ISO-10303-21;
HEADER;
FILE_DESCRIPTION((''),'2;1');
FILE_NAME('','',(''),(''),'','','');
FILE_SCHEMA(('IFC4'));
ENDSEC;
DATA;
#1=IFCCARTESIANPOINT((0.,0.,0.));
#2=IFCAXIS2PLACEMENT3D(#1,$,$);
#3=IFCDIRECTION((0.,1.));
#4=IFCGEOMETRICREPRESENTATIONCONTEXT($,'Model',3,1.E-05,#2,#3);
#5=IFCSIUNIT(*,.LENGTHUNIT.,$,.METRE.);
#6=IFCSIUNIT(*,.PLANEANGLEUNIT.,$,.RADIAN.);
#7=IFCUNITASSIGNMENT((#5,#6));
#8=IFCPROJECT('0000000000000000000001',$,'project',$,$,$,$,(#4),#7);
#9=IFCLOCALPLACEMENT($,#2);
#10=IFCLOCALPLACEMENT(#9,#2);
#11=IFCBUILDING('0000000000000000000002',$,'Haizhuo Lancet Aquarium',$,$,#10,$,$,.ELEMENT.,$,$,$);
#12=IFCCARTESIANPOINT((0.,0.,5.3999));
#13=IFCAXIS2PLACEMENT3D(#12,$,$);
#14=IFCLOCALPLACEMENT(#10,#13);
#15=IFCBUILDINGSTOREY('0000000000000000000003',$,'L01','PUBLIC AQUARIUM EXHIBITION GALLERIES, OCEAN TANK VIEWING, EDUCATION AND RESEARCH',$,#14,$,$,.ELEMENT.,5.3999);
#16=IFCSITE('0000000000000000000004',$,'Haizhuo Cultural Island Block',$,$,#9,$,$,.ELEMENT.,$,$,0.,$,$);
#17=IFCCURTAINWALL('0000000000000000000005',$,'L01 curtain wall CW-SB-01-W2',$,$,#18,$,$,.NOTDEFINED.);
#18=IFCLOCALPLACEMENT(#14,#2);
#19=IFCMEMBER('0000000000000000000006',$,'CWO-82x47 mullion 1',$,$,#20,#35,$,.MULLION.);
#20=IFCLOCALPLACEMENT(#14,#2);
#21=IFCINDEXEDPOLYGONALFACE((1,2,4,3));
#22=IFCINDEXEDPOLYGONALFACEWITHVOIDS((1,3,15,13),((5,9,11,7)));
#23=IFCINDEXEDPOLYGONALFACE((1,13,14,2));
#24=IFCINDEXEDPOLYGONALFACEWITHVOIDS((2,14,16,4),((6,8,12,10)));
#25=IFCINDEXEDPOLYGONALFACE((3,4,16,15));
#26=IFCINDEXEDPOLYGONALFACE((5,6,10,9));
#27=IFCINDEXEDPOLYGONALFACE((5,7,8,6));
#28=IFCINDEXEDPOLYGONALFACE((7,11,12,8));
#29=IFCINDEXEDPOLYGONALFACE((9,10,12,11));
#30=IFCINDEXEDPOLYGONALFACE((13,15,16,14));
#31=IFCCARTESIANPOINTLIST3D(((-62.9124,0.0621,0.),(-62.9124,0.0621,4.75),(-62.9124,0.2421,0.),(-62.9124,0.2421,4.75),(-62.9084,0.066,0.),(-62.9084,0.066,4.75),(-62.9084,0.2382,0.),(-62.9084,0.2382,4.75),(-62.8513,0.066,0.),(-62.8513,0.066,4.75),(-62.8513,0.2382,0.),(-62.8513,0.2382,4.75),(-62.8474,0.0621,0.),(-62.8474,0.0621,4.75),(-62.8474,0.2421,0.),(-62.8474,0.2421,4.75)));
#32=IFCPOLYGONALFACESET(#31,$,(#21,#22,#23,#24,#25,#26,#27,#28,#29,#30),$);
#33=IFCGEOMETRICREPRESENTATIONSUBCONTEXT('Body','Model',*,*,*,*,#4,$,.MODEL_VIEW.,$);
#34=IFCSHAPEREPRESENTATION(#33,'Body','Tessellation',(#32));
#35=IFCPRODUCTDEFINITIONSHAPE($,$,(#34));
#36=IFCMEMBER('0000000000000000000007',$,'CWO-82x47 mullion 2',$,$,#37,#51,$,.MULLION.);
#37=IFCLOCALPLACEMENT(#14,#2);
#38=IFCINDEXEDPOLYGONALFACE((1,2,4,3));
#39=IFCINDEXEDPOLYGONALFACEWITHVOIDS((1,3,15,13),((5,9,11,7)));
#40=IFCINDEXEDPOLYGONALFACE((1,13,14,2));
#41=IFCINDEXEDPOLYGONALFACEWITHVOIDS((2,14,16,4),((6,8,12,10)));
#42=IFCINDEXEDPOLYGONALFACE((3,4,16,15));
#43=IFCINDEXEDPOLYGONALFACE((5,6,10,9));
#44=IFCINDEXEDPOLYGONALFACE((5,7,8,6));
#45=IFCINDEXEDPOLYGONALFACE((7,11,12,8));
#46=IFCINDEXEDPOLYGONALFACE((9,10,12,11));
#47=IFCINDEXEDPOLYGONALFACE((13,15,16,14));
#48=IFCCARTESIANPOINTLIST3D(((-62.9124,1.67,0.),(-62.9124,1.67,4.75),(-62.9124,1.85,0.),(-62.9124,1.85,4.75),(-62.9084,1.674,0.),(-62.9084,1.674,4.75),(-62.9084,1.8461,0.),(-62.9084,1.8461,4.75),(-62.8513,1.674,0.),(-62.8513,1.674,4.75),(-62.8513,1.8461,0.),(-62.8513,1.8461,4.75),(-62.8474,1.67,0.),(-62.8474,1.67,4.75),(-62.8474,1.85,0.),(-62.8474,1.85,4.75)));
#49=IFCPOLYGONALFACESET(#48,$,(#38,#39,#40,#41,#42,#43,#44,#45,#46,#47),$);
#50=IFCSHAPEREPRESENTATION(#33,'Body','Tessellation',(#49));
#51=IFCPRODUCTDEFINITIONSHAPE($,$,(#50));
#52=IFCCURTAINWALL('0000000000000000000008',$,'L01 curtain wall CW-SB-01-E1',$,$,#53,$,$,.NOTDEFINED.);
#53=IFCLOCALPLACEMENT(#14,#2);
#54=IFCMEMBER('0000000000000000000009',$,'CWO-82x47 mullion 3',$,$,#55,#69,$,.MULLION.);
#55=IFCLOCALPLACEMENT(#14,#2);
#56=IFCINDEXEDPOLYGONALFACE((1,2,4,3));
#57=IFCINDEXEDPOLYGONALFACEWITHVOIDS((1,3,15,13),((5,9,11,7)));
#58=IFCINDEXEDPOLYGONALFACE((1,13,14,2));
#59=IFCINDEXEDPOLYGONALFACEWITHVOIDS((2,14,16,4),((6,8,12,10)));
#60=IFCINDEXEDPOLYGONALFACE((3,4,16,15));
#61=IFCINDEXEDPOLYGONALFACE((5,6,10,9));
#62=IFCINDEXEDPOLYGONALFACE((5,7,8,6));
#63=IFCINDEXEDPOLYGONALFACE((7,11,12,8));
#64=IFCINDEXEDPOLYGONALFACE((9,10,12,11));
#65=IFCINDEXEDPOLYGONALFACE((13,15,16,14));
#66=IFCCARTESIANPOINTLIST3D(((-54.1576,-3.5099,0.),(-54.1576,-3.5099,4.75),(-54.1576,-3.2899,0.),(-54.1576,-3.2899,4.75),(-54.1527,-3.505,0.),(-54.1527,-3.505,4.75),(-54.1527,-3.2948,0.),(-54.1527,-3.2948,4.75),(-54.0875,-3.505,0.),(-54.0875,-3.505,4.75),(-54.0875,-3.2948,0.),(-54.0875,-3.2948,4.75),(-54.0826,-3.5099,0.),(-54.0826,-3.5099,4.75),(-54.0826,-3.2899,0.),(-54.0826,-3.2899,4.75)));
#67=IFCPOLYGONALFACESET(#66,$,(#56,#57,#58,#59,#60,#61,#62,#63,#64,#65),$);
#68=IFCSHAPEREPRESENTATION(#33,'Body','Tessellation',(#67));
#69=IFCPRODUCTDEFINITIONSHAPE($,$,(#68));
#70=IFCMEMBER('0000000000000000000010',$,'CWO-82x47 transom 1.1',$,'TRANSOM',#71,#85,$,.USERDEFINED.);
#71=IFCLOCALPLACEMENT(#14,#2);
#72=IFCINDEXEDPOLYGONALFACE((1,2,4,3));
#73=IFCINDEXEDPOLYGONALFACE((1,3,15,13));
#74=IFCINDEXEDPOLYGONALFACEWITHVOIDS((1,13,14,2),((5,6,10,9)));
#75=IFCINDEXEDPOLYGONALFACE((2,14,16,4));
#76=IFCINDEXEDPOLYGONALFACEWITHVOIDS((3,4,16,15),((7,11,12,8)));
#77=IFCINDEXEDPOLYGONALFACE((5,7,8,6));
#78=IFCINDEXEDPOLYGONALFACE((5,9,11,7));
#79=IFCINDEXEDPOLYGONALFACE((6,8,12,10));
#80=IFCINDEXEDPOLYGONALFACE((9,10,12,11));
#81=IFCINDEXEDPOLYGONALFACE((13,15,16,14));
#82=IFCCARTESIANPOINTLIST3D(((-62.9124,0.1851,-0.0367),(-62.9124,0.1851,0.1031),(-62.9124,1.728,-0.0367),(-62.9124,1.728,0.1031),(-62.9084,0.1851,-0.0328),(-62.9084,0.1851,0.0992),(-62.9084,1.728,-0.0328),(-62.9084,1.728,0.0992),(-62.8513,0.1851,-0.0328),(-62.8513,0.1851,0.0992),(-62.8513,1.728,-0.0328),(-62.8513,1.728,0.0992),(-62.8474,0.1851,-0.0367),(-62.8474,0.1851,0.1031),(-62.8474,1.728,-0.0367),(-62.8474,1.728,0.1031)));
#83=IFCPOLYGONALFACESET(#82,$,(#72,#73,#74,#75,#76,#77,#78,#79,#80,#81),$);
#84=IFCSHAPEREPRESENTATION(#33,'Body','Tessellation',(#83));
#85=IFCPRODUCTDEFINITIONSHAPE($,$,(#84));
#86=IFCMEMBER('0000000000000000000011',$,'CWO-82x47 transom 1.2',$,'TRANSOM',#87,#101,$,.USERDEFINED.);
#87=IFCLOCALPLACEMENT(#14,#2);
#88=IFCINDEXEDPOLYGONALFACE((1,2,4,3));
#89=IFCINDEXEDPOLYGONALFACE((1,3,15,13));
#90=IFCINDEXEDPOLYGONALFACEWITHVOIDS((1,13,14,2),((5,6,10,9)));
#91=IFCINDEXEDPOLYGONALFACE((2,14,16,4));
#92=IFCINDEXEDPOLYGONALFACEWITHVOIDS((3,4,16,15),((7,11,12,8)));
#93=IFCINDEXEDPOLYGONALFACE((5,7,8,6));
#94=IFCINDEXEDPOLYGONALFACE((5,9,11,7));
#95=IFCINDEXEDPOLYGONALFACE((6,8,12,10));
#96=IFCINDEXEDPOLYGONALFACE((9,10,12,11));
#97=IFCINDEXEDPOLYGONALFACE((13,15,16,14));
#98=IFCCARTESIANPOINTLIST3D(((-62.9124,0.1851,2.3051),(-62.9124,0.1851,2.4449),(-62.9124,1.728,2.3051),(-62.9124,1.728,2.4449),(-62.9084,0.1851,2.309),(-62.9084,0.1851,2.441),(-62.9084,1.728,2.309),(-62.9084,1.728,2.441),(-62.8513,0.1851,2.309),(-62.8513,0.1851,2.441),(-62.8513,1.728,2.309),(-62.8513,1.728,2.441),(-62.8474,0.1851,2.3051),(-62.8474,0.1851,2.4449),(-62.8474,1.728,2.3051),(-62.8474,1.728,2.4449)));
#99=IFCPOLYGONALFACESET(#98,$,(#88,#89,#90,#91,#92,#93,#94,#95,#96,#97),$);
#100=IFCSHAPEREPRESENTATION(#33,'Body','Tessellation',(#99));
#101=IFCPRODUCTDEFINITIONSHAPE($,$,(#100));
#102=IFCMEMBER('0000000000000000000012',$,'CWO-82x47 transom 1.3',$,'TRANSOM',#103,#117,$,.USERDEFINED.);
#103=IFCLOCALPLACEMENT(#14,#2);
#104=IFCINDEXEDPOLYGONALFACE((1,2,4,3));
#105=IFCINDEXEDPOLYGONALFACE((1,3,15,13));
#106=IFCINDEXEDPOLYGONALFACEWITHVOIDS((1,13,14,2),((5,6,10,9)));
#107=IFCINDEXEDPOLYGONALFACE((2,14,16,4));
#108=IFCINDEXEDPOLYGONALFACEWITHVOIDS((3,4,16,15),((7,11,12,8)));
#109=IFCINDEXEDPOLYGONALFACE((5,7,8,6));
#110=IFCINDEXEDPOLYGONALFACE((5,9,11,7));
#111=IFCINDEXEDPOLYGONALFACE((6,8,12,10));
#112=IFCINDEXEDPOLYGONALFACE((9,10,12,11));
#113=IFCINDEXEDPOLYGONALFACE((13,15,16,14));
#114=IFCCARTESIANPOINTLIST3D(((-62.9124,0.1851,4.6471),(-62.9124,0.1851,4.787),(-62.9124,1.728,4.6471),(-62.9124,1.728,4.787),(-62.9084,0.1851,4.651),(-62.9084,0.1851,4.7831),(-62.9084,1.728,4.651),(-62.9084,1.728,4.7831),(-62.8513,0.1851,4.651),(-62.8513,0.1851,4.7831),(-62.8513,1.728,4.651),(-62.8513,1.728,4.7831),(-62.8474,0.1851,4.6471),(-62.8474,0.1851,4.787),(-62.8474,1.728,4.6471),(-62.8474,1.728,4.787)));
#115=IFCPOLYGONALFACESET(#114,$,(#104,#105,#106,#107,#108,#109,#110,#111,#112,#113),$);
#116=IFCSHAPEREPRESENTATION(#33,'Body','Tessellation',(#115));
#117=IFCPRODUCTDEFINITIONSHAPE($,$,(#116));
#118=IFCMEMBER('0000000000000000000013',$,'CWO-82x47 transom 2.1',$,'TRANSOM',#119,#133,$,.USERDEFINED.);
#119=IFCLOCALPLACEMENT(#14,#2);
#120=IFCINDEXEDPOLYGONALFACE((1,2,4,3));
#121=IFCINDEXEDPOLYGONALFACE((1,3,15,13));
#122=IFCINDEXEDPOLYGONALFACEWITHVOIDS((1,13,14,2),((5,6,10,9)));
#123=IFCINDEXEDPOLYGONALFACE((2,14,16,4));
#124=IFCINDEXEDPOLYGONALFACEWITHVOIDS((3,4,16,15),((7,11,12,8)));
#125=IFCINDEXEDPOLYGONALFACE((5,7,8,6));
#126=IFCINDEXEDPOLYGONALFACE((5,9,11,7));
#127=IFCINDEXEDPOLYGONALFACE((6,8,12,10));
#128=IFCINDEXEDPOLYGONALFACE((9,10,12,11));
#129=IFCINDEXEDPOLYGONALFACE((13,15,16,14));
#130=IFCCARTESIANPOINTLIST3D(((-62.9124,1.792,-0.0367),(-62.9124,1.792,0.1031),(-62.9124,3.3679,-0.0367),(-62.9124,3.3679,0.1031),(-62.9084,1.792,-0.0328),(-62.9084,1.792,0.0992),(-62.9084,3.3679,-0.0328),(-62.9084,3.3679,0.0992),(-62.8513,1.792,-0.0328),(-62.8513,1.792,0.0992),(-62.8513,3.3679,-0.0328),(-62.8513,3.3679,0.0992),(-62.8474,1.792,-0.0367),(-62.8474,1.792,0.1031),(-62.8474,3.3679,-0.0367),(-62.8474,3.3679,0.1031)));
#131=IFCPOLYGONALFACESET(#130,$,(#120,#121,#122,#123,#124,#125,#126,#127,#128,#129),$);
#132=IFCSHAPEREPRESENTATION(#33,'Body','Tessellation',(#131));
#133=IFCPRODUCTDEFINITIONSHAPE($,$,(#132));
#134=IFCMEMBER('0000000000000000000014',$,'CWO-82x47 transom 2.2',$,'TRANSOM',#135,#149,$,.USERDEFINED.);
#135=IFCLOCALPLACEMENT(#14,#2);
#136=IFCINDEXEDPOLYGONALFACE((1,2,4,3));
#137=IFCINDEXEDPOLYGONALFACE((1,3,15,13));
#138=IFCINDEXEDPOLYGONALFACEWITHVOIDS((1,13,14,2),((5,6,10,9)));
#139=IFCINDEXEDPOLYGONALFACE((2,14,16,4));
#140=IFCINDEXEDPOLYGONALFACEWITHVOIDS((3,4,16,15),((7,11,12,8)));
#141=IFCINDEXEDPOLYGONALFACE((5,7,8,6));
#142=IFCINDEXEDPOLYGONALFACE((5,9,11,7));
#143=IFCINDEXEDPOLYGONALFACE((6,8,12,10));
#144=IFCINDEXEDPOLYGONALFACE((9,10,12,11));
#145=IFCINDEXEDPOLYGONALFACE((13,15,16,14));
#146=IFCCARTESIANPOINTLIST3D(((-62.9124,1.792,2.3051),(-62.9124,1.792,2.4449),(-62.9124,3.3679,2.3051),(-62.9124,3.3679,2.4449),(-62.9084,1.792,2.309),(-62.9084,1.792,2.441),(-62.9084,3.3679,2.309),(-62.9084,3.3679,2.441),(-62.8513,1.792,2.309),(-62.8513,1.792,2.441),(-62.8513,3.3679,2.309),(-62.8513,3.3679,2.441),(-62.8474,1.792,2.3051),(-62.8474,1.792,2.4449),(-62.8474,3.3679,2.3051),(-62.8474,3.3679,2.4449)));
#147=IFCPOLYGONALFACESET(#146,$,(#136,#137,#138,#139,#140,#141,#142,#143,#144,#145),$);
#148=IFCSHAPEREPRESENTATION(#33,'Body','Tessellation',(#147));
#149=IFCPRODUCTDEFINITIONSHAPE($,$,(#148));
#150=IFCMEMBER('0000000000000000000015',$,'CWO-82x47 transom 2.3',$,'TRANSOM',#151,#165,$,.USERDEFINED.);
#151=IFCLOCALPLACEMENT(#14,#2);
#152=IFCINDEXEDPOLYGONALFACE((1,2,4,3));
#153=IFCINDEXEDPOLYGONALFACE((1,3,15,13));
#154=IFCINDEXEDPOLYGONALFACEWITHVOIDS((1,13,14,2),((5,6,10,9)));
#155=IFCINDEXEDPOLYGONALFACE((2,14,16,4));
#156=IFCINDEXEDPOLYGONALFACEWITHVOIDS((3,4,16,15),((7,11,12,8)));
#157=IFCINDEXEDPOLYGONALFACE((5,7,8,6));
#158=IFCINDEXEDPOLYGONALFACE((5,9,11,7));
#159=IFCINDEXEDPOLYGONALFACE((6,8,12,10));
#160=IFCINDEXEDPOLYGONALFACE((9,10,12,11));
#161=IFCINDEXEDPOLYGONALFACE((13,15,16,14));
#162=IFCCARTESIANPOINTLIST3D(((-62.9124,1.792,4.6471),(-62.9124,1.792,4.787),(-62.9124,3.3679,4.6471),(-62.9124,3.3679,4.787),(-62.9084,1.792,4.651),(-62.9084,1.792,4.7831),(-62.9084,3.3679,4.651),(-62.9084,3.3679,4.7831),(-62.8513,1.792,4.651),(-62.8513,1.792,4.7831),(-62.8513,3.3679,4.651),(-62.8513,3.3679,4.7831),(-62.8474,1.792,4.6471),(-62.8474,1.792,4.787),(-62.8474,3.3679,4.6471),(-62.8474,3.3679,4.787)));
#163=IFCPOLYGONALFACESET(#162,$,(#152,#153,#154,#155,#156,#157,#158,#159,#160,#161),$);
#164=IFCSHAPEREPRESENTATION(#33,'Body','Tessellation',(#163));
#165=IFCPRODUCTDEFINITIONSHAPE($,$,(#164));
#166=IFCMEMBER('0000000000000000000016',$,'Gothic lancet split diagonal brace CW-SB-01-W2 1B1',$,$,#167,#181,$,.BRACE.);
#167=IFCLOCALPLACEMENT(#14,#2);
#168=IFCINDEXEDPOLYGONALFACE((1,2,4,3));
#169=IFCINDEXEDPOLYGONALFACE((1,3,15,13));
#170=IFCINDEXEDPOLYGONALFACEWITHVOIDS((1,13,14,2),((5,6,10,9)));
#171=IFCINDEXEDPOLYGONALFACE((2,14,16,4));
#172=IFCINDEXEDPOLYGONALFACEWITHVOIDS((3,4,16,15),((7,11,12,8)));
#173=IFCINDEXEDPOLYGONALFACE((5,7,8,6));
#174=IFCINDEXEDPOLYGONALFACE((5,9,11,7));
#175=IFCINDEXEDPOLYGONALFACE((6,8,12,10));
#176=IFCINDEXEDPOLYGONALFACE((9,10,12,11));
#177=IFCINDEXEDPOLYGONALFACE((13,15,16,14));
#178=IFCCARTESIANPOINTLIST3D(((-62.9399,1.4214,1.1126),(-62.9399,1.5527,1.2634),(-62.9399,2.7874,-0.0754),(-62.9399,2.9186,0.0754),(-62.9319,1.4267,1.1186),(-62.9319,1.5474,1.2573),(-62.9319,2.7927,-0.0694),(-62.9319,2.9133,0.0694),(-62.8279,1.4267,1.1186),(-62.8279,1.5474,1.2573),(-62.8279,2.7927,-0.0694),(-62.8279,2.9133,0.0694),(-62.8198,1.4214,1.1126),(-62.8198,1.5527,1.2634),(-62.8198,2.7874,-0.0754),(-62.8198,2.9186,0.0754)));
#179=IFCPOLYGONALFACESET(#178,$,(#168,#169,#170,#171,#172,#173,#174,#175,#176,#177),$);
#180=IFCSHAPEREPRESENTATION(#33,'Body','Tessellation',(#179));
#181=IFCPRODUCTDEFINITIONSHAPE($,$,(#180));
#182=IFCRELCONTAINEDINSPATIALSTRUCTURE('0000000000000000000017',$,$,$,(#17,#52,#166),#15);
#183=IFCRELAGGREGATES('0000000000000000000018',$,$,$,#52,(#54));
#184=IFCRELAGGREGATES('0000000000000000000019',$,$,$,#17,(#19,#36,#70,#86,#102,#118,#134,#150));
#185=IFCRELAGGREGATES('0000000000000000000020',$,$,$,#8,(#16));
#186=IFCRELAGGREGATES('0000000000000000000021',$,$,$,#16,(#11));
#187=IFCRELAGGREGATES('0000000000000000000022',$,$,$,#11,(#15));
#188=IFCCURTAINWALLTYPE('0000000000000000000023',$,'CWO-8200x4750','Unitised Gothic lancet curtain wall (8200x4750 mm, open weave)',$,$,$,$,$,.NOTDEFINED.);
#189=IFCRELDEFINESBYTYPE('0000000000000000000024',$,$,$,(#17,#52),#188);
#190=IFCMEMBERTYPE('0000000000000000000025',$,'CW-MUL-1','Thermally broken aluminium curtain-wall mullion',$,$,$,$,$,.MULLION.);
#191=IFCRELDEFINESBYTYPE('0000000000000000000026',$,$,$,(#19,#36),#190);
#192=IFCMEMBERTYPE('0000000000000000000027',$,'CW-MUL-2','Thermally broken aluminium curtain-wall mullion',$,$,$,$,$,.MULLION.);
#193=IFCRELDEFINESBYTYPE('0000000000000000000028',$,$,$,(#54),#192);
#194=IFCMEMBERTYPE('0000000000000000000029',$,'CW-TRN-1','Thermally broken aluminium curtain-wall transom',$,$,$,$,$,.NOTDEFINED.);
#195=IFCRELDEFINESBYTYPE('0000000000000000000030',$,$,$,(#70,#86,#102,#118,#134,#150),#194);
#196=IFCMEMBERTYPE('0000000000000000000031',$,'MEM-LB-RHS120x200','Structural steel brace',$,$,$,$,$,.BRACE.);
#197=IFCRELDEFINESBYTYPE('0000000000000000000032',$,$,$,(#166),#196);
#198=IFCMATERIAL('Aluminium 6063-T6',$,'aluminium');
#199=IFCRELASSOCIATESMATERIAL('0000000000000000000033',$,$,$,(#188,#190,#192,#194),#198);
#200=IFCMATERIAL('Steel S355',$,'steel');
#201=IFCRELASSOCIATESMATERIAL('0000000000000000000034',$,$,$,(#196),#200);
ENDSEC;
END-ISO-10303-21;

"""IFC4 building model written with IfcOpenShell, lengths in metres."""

from ifc_helpers import new_model, si_unit, direction, frame, origin, origin_2d, place, context, subcontext, project, spatial, hollow_rectangle, extrude, material, material_profile, profile_set, type_object, element, aggregate, save


model = new_model("IFC4")

# Units and contexts
model_context = context("Model", 3, precision=1e-05, world=origin(), true_north=direction((0.0, 1.0)))
body_context = subcontext(model_context, "Body", "Model", "MODEL_VIEW")
ifc_project = project(units=[si_unit("LENGTHUNIT", "METRE"), si_unit("PLANEANGLEUNIT", "RADIAN")], contexts=[model_context])

# Site, building, storey
site_placement = place(None, origin())
site = spatial("IfcSite", under=ifc_project, at=site_placement, Name="Haizhuo Cultural Island Block", CompositionType="ELEMENT", RefElevation=0.0)
building_placement = place(site_placement, origin())
building = spatial("IfcBuilding", under=site, at=building_placement, Name="Haizhuo Lancet Aquarium", CompositionType="ELEMENT")
storey_placement = place(building_placement, frame((0.0, 0.0, 5.3999)))
storey = spatial("IfcBuildingStorey", under=building, at=storey_placement, Name="L01", Description="PUBLIC AQUARIUM EXHIBITION GALLERIES, OCEAN TANK VIEWING, EDUCATION AND RESEARCH", CompositionType="ELEMENT", Elevation=5.3999)

# Curtain wall, members
ifc_material_1 = material(Name="Aluminium 6063-T6", Category="aluminium")
curtain_wall_type = type_object("IfcCurtainWallType", Name="CWO-8200x4750", Description="Unitised Gothic lancet curtain wall (8200x4750 mm, open weave)", PredefinedType="NOTDEFINED", material=ifc_material_1)
curtain_wall_1_placement = place(storey_placement, origin())
curtain_wall_1 = element("IfcCurtainWall", 1, at=curtain_wall_1_placement, inside=storey, type_object=curtain_wall_type, Name="L01 curtain wall CW-SB-01-W2", PredefinedType="NOTDEFINED")
ifc_material_profile_1 = material_profile(ifc_material_1, hollow_rectangle(XDim=0.0649, YDim=0.1799, WallThickness=0.0039, at=origin_2d()), Name="ALU-M 65x180x4")
ifc_profile_set_1 = profile_set([ifc_material_profile_1], Name="Aluminium 6063-T6")
member_type_1 = type_object("IfcMemberType", Name="CW-MUL-1", Description="Thermally broken aluminium curtain-wall mullion", PredefinedType="MULLION", material=ifc_profile_set_1)
member_1_placement = place(storey_placement, frame((-62.8799, 0.1521, 0.0), z_axis=(0.0, 0.0, 1.0), x_axis=(-1.0, 0.0, 0.0)))
member_1 = element("IfcMember", 2, at=member_1_placement, type_object=member_type_1, Name="CWO-82x47 mullion 1", PredefinedType="MULLION", context=body_context, shape_type="SweptSolid", body=[
    extrude(hollow_rectangle(XDim=0.0649, YDim=0.1799, WallThickness=0.0039, at=origin_2d()), origin(), (0.0, 0.0, 1.0), 4.75),
])
member_2_placement = place(storey_placement, frame((-62.8799, 1.76, 0.0), z_axis=(0.0, 0.0, 1.0), x_axis=(-1.0, 0.0, 0.0)))
member_2 = element("IfcMember", 3, at=member_2_placement, type_object=member_type_1, Name="CWO-82x47 mullion 2", PredefinedType="MULLION", context=body_context, shape_type="SweptSolid", body=[
    extrude(hollow_rectangle(XDim=0.0649, YDim=0.1799, WallThickness=0.0039, at=origin_2d()), origin(), (0.0, 0.0, 1.0), 4.75),
])

# Curtain wall, member
curtain_wall_2_placement = place(storey_placement, origin())
curtain_wall_2 = element("IfcCurtainWall", 4, at=curtain_wall_2_placement, inside=storey, type_object=curtain_wall_type, Name="L01 curtain wall CW-SB-01-E1", PredefinedType="NOTDEFINED")
ifc_material_profile_2 = material_profile(ifc_material_1, hollow_rectangle(XDim=0.075, YDim=0.22, WallThickness=0.0049, at=origin_2d()), Name="ALU-M 75x220x5")
ifc_profile_set_2 = profile_set([ifc_material_profile_2], Name="Aluminium 6063-T6")
member_type_2 = type_object("IfcMemberType", Name="CW-MUL-2", Description="Thermally broken aluminium curtain-wall mullion", PredefinedType="MULLION", material=ifc_profile_set_2)
member_3_placement = place(storey_placement, frame((-54.1201, -3.3999, 0.0), z_axis=(0.0, 0.0, 1.0), x_axis=(1.0, 0.0, 0.0)))
member_3 = element("IfcMember", 5, at=member_3_placement, type_object=member_type_2, Name="CWO-82x47 mullion 3", PredefinedType="MULLION", context=body_context, shape_type="SweptSolid", body=[
    extrude(hollow_rectangle(XDim=0.075, YDim=0.22, WallThickness=0.0049, at=origin_2d()), origin(), (0.0, 0.0, 1.0), 4.75),
])
aggregate(curtain_wall_2, [member_3])

# Members
ifc_material_profile_3 = material_profile(ifc_material_1, hollow_rectangle(XDim=0.0649, YDim=0.1399, WallThickness=0.0039, at=origin_2d()), Name="ALU-T 65x140x4")
ifc_profile_set_3 = profile_set([ifc_material_profile_3], Name="Aluminium 6063-T6")
member_type_3 = type_object("IfcMemberType", Name="CW-TRN-1", Description="Thermally broken aluminium curtain-wall transom", PredefinedType="NOTDEFINED", material=ifc_profile_set_3)
member_4_placement = place(storey_placement, frame((-62.8799, 0.1851, 0.0332), z_axis=(0.0, 1.0, 0.0), x_axis=(-1.0, 0.0, 0.0)))
member_4 = element("IfcMember", 6, at=member_4_placement, type_object=member_type_3, Name="CWO-82x47 transom 1.1", ObjectType="TRANSOM", PredefinedType="USERDEFINED", context=body_context, shape_type="SweptSolid", body=[
    extrude(hollow_rectangle(XDim=0.0649, YDim=0.1399, WallThickness=0.0039, at=origin_2d()), origin(), (0.0, 0.0, 1.0), 1.543),
])
member_5_placement = place(storey_placement, frame((-62.8799, 0.1851, 2.375), z_axis=(0.0, 1.0, 0.0), x_axis=(-1.0, 0.0, 0.0)))
member_5 = element("IfcMember", 7, at=member_5_placement, type_object=member_type_3, Name="CWO-82x47 transom 1.2", ObjectType="TRANSOM", PredefinedType="USERDEFINED", context=body_context, shape_type="SweptSolid", body=[
    extrude(hollow_rectangle(XDim=0.0649, YDim=0.1399, WallThickness=0.0039, at=origin_2d()), origin(), (0.0, 0.0, 1.0), 1.543),
])
member_6_placement = place(storey_placement, frame((-62.8799, 0.1851, 4.717), z_axis=(0.0, 1.0, 0.0), x_axis=(-1.0, 0.0, 0.0)))
member_6 = element("IfcMember", 8, at=member_6_placement, type_object=member_type_3, Name="CWO-82x47 transom 1.3", ObjectType="TRANSOM", PredefinedType="USERDEFINED", context=body_context, shape_type="SweptSolid", body=[
    extrude(hollow_rectangle(XDim=0.0649, YDim=0.1399, WallThickness=0.0039, at=origin_2d()), origin(), (0.0, 0.0, 1.0), 1.543),
])
member_7_placement = place(storey_placement, frame((-62.8799, 1.792, 0.0332), z_axis=(0.0, 1.0, 0.0), x_axis=(-1.0, 0.0, 0.0)))
member_7 = element("IfcMember", 9, at=member_7_placement, type_object=member_type_3, Name="CWO-82x47 transom 2.1", ObjectType="TRANSOM", PredefinedType="USERDEFINED", context=body_context, shape_type="SweptSolid", body=[
    extrude(hollow_rectangle(XDim=0.0649, YDim=0.1399, WallThickness=0.0039, at=origin_2d()), origin(), (0.0, 0.0, 1.0), 1.5759),
])
member_8_placement = place(storey_placement, frame((-62.8799, 1.792, 2.375), z_axis=(0.0, 1.0, 0.0), x_axis=(-1.0, 0.0, 0.0)))
member_8 = element("IfcMember", 10, at=member_8_placement, type_object=member_type_3, Name="CWO-82x47 transom 2.2", ObjectType="TRANSOM", PredefinedType="USERDEFINED", context=body_context, shape_type="SweptSolid", body=[
    extrude(hollow_rectangle(XDim=0.0649, YDim=0.1399, WallThickness=0.0039, at=origin_2d()), origin(), (0.0, 0.0, 1.0), 1.5759),
])
member_9_placement = place(storey_placement, frame((-62.8799, 1.792, 4.717), z_axis=(0.0, 1.0, 0.0), x_axis=(-1.0, 0.0, 0.0)))
member_9 = element("IfcMember", 11, at=member_9_placement, type_object=member_type_3, Name="CWO-82x47 transom 2.3", ObjectType="TRANSOM", PredefinedType="USERDEFINED", context=body_context, shape_type="SweptSolid", body=[
    extrude(hollow_rectangle(XDim=0.0649, YDim=0.1399, WallThickness=0.0039, at=origin_2d()), origin(), (0.0, 0.0, 1.0), 1.5759),
])

# Member
ifc_material_2 = material(Name="Steel S355", Category="steel")
ifc_material_profile_4 = material_profile(ifc_material_2, hollow_rectangle(XDim=0.1201, YDim=0.2, WallThickness=0.0081, at=origin_2d()), Name="RHS 120x200x8")
ifc_profile_set_4 = profile_set([ifc_material_profile_4], Name="Steel S355")
member_type_4 = type_object("IfcMemberType", Name="MEM-LB-RHS120x200", Description="Structural steel brace", PredefinedType="BRACE", material=ifc_profile_set_4)
for number, where, z_axis, x_axis, name in (
    (12, (-62.8799, 2.853, 0.0), (0.0, -0.754553, 0.656239), (1.0, 0.0, 0.0), "Gothic lancet split diagonal brace CW-SB-01-W2 1B1"),
):
    element("IfcMember", number, at=place(storey_placement, frame(where, z_axis=z_axis, x_axis=x_axis)), inside=storey, type_object=member_type_4, Name=name, PredefinedType="BRACE", context=body_context, shape_type="SweptSolid", body=[
        extrude(hollow_rectangle(XDim=0.1201, YDim=0.2, WallThickness=0.0081, at=origin_2d()), origin(), (0.0, 0.0, 1.0), 1.8103),
    ])

aggregate(curtain_wall_1, [member_1, member_2, member_4, member_5, member_6, member_7, member_8, member_9])

save(model, "model.ifc")
